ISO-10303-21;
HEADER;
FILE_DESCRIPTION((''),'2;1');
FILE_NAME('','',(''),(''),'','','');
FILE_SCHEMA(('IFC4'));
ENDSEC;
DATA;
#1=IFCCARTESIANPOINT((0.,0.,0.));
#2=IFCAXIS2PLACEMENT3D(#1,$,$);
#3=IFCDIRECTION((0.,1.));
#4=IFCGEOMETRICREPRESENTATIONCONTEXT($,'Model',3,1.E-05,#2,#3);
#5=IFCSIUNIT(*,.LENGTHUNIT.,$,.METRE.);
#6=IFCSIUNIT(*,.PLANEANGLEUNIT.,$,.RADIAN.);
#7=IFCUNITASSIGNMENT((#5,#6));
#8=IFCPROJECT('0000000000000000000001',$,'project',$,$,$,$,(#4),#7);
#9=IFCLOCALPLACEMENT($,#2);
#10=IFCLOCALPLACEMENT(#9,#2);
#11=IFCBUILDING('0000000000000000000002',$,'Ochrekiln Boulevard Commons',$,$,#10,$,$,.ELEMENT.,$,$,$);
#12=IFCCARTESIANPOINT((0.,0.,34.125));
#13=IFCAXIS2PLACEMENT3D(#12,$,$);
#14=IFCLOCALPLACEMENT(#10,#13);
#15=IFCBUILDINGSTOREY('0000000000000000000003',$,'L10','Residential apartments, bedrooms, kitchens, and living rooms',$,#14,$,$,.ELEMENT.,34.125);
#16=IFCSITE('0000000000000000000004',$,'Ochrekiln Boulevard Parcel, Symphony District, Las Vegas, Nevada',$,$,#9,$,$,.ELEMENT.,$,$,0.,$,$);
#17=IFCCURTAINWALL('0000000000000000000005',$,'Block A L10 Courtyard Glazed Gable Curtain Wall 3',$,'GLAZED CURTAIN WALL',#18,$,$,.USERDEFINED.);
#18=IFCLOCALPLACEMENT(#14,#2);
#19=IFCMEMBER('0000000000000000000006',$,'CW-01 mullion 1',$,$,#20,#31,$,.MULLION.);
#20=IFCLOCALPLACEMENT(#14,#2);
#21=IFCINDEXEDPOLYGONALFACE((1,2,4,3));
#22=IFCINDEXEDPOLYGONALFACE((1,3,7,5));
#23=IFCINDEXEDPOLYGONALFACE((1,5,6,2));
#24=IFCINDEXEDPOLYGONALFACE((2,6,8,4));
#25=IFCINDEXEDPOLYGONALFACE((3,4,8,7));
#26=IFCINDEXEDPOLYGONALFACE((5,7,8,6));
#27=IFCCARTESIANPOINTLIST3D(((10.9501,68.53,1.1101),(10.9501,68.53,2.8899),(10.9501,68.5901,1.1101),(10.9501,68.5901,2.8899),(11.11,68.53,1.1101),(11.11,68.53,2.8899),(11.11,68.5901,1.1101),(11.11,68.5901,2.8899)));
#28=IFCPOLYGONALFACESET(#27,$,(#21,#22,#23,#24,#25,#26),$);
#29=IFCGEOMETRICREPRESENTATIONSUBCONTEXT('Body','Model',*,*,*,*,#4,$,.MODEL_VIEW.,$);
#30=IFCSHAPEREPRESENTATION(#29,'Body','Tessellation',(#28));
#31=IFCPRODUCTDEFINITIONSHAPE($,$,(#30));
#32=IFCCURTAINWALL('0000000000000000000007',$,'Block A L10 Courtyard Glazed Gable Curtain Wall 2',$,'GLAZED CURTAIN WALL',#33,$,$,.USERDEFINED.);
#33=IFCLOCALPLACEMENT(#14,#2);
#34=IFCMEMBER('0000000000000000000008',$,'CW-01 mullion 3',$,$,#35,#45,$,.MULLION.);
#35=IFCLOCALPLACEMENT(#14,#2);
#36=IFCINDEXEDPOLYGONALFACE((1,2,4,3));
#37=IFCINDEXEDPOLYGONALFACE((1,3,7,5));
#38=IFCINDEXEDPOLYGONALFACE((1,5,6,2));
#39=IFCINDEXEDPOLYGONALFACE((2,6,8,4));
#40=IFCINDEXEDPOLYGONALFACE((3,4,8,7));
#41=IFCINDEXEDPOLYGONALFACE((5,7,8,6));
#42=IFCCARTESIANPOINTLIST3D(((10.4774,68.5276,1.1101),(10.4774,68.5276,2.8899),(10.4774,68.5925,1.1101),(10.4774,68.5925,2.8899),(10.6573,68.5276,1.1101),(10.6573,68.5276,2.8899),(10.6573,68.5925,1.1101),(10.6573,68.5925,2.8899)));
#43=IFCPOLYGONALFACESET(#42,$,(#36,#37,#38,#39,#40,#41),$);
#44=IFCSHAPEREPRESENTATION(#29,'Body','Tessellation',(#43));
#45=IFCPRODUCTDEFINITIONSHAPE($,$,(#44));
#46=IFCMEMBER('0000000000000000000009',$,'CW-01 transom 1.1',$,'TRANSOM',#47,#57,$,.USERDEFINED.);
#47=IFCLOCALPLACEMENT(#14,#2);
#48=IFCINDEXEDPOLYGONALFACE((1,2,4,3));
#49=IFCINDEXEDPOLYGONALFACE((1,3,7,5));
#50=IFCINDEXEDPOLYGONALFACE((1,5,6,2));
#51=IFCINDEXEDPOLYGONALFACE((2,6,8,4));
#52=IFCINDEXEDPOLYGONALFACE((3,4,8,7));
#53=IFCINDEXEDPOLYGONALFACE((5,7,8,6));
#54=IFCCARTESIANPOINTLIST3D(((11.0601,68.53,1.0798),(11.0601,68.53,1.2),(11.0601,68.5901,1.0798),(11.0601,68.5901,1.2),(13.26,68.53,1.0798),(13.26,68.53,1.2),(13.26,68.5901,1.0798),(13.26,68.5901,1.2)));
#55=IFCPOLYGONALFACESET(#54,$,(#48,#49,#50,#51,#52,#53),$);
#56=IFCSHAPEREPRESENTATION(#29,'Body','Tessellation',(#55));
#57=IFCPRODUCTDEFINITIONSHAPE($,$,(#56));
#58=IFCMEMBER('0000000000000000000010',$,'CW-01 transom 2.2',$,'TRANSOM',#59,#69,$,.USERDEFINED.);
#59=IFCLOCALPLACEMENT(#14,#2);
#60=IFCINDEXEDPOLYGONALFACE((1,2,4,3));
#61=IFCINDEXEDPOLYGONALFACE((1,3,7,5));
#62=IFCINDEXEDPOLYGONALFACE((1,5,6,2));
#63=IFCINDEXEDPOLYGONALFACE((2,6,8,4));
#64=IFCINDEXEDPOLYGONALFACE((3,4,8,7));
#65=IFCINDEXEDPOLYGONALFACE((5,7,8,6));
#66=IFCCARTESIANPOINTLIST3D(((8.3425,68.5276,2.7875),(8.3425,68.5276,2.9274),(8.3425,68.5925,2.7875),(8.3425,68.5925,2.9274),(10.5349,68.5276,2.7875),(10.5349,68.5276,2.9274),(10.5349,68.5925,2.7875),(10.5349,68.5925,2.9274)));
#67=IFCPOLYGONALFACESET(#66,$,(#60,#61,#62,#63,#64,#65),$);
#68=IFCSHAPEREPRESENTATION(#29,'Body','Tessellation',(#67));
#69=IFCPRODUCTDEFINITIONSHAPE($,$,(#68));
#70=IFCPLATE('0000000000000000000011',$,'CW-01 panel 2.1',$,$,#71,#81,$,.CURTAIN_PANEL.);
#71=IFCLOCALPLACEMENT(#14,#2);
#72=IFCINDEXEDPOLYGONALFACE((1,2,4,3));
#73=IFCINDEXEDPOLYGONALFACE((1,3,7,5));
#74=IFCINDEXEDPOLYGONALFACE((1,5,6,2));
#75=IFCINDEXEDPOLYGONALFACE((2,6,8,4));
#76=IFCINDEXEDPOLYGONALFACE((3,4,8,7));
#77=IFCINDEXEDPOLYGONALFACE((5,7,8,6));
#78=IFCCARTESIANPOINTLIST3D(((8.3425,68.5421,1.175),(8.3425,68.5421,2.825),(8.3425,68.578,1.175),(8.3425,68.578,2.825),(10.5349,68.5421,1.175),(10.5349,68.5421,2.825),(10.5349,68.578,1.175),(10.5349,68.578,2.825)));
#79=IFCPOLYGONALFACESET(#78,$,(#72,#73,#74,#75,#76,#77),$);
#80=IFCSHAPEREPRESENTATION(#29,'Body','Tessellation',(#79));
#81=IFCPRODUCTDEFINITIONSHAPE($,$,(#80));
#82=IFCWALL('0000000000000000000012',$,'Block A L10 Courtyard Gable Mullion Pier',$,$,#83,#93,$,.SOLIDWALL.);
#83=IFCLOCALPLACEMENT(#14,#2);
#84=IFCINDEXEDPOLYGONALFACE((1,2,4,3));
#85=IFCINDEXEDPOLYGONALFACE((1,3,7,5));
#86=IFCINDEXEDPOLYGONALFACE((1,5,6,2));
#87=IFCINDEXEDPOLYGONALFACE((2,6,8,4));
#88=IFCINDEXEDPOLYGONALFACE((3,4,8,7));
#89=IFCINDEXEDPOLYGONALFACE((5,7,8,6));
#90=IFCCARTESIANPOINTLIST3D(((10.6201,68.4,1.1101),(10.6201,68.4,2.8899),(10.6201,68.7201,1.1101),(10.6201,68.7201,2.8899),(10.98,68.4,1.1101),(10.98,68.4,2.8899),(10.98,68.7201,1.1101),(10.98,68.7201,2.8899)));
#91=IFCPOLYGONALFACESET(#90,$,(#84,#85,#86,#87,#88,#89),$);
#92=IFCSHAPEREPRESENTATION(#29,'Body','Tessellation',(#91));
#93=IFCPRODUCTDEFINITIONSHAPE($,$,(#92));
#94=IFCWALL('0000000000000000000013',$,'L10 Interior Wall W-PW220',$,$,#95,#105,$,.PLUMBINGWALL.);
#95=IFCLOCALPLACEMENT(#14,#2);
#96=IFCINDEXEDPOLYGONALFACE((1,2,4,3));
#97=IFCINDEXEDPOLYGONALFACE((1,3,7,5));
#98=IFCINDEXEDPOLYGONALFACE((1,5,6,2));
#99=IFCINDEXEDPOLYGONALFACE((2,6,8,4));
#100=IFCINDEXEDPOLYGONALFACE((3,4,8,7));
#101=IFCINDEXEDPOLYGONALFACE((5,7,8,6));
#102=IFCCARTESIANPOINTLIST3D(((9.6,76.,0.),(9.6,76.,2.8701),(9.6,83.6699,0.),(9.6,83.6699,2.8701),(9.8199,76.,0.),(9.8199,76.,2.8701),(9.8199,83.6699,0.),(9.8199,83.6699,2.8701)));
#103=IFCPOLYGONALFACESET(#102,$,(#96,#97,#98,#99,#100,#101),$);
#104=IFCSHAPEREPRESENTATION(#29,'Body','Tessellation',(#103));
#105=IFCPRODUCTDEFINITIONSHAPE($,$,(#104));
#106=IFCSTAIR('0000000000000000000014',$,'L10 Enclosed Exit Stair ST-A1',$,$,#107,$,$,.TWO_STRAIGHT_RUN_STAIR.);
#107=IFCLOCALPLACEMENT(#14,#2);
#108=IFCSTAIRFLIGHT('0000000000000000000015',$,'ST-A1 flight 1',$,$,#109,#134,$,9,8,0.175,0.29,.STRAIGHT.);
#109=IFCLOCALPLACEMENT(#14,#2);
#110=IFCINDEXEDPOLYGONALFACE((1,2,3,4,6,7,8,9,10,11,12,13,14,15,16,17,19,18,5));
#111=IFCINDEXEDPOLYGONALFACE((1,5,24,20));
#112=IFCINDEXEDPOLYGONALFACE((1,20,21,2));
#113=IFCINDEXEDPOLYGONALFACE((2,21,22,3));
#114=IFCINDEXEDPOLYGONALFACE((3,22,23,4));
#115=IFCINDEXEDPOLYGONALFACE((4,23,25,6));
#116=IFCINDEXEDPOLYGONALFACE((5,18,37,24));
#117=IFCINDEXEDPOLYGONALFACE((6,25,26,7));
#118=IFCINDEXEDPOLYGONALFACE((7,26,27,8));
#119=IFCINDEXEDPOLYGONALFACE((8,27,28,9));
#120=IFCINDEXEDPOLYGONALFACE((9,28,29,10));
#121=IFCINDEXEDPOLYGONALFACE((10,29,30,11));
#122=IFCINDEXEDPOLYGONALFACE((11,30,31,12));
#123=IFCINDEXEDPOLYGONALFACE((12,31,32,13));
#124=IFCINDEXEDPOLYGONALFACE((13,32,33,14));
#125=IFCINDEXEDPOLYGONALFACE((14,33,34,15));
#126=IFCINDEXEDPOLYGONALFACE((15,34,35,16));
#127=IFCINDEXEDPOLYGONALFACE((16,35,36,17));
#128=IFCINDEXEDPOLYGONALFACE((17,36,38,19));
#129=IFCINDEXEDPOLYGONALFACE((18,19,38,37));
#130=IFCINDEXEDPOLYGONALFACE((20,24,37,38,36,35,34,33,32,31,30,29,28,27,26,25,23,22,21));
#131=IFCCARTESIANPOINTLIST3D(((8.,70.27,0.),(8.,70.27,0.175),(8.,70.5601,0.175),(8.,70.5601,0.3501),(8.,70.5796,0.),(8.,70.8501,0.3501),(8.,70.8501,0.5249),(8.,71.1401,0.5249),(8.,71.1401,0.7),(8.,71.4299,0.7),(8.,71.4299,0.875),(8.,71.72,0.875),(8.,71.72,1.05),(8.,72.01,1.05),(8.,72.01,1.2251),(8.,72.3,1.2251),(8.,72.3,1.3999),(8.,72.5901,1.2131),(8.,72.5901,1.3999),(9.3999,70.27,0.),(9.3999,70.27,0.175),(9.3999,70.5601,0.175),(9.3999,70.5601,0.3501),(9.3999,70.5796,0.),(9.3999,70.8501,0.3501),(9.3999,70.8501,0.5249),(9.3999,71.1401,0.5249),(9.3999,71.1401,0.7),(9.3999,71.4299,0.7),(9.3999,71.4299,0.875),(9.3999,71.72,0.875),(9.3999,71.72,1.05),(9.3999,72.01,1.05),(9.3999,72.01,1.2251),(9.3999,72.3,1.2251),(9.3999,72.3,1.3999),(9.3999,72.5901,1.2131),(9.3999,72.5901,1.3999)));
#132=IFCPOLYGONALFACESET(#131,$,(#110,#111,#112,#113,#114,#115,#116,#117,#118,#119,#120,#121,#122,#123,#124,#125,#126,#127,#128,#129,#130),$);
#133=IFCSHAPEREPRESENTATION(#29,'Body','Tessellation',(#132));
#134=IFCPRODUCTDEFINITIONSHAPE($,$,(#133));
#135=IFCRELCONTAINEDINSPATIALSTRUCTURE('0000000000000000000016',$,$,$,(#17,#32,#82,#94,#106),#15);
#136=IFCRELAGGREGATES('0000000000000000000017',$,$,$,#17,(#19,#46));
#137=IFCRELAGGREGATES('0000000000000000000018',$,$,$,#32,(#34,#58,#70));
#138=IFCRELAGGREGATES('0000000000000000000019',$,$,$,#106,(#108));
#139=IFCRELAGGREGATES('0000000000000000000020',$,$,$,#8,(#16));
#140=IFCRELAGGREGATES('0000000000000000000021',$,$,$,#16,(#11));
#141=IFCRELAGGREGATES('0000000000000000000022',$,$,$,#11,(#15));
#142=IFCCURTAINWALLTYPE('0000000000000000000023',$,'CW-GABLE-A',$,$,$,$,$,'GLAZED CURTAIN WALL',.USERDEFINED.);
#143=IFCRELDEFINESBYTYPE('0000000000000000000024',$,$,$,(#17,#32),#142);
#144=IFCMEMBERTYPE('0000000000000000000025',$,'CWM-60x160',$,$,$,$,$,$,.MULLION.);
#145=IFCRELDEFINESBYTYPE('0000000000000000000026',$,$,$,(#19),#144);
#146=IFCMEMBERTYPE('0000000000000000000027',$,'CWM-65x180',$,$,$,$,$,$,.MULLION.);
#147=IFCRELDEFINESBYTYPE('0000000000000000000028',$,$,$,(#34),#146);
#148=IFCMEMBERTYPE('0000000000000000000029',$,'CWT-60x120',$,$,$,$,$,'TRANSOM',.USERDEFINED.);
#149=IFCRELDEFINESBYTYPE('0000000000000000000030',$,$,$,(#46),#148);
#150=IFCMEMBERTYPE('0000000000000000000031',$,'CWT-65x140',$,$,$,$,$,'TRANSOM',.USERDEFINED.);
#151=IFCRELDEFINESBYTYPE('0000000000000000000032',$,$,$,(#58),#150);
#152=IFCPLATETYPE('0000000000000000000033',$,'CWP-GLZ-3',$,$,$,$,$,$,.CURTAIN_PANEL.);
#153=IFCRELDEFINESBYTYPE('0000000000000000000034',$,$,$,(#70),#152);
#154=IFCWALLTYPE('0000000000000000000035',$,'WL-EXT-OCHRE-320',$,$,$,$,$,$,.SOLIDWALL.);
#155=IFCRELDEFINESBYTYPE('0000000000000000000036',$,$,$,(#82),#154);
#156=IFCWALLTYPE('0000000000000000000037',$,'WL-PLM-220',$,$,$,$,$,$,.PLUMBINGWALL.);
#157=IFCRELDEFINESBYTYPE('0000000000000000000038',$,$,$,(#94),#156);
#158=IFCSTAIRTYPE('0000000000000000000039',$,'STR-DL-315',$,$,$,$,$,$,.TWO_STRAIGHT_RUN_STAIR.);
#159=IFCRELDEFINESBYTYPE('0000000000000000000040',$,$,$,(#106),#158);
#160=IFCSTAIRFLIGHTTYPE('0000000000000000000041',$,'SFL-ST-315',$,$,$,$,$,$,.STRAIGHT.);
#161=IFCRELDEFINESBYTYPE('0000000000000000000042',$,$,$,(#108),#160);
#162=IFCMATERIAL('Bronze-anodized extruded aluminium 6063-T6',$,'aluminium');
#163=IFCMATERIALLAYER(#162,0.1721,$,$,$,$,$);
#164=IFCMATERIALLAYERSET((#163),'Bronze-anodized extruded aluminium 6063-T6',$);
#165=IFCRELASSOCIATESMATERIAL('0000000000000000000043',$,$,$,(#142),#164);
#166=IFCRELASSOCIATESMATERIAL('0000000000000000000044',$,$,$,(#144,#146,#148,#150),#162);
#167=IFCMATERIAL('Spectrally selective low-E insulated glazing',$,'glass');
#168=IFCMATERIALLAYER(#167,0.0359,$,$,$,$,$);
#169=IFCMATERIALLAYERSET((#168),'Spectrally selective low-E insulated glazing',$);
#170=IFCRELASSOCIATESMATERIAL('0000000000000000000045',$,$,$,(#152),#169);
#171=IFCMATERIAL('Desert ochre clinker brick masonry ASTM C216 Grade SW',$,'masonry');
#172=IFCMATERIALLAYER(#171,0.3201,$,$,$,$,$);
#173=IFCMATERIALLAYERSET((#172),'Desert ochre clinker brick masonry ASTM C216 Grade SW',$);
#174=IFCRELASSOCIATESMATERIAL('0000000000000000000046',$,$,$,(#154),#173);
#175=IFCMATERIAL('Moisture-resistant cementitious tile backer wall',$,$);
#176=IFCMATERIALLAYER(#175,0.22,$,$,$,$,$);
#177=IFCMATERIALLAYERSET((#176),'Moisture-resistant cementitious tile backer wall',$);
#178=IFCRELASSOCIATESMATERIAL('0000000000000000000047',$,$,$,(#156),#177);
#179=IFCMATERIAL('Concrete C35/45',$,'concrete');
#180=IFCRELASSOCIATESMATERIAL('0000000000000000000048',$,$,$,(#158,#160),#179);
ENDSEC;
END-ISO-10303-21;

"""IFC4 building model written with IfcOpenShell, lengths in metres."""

from ifc_helpers import new_model, si_unit, direction, frame, frame_2d, origin, origin_2d, place, context, subcontext, project, spatial, polyline, rectangle, outline, extrude, material, layer, layer_set, material_profile, profile_set, type_object, element, aggregate, save


model = new_model("IFC4")

# Units and contexts
model_context = context("Model", 3, precision=1e-05, world=origin(), true_north=direction((0.0, 1.0)))
body_context = subcontext(model_context, "Body", "Model", "MODEL_VIEW")
ifc_project = project(units=[si_unit("LENGTHUNIT", "METRE"), si_unit("PLANEANGLEUNIT", "RADIAN")], contexts=[model_context])

# Site, building, storey
site_placement = place(None, origin())
site = spatial("IfcSite", under=ifc_project, at=site_placement, Name="Ochrekiln Boulevard Parcel, Symphony District, Las Vegas, Nevada", CompositionType="ELEMENT", RefElevation=0.0)
building_placement = place(site_placement, origin())
building = spatial("IfcBuilding", under=site, at=building_placement, Name="Ochrekiln Boulevard Commons", CompositionType="ELEMENT")
storey_placement = place(building_placement, frame((0.0, 0.0, 34.125)))
storey = spatial("IfcBuildingStorey", under=building, at=storey_placement, Name="L10", Description="Residential apartments, bedrooms, kitchens, and living rooms", CompositionType="ELEMENT", Elevation=34.125)

# Curtain walls, members
ifc_material_1 = material(Name="Bronze-anodized extruded aluminium 6063-T6", Category="aluminium")
ifc_layer_1 = layer(ifc_material_1, 0.1721)
ifc_layer_set_1 = layer_set([ifc_layer_1], Name="Bronze-anodized extruded aluminium 6063-T6")
curtain_wall_type = type_object("IfcCurtainWallType", Name="CW-GABLE-A", ElementType="GLAZED CURTAIN WALL", PredefinedType="USERDEFINED", material=ifc_layer_set_1)
curtain_wall_1_placement = place(storey_placement, origin())
curtain_wall_1 = element("IfcCurtainWall", 1, at=curtain_wall_1_placement, inside=storey, type_object=curtain_wall_type, Name="Block A L10 Courtyard Glazed Gable Curtain Wall 3", ObjectType="GLAZED CURTAIN WALL", PredefinedType="USERDEFINED")
ifc_material_profile_1 = material_profile(ifc_material_1, rectangle(XDim=0.0601, YDim=0.1599, at=origin_2d()), Name="ALU-MUL-60x160")
ifc_profile_set_1 = profile_set([ifc_material_profile_1], Name="Bronze-anodized extruded aluminium 6063-T6")
member_type_1 = type_object("IfcMemberType", Name="CWM-60x160", PredefinedType="MULLION", material=ifc_profile_set_1)
member_1_placement = place(storey_placement, frame((11.03, 68.5601, 1.1101), z_axis=(0.0, 0.0, 1.0), x_axis=(0.0, 1.0, 0.0)))
member_1 = element("IfcMember", 2, at=member_1_placement, type_object=member_type_1, Name="CW-01 mullion 1", PredefinedType="MULLION", context=body_context, shape_type="SweptSolid", body=[
    extrude(rectangle(XDim=0.0601, YDim=0.1599, at=origin_2d()), origin(), (0.0, 0.0, 1.0), 1.7798),
])
curtain_wall_2_placement = place(storey_placement, origin())
curtain_wall_2 = element("IfcCurtainWall", 3, at=curtain_wall_2_placement, inside=storey, type_object=curtain_wall_type, Name="Block A L10 Courtyard Glazed Gable Curtain Wall 2", ObjectType="GLAZED CURTAIN WALL", PredefinedType="USERDEFINED")
ifc_material_profile_2 = material_profile(ifc_material_1, rectangle(XDim=0.0649, YDim=0.1799, at=origin_2d()), Name="ALU-MUL-65x180")
ifc_profile_set_2 = profile_set([ifc_material_profile_2], Name="Bronze-anodized extruded aluminium 6063-T6")
member_type_2 = type_object("IfcMemberType", Name="CWM-65x180", PredefinedType="MULLION", material=ifc_profile_set_2)
member_2_placement = place(storey_placement, frame((10.5674, 68.5601, 1.1101), z_axis=(0.0, 0.0, 1.0), x_axis=(0.0, 1.0, 0.0)))
member_2 = element("IfcMember", 4, at=member_2_placement, type_object=member_type_2, Name="CW-01 mullion 3", PredefinedType="MULLION", context=body_context, shape_type="SweptSolid", body=[
    extrude(rectangle(XDim=0.0649, YDim=0.1799, at=origin_2d()), origin(), (0.0, 0.0, 1.0), 1.7798),
])

# Members
ifc_material_profile_3 = material_profile(ifc_material_1, rectangle(XDim=0.0601, YDim=0.1201, at=origin_2d()), Name="ALU-TRN-60x120")
ifc_profile_set_3 = profile_set([ifc_material_profile_3], Name="Bronze-anodized extruded aluminium 6063-T6")
member_type_3 = type_object("IfcMemberType", Name="CWT-60x120", ElementType="TRANSOM", PredefinedType="USERDEFINED", material=ifc_profile_set_3)
member_3_placement = place(storey_placement, frame((11.0601, 68.5601, 1.1399), z_axis=(1.0, 0.0, 0.0), x_axis=(0.0, 1.0, 0.0)))
member_3 = element("IfcMember", 5, at=member_3_placement, type_object=member_type_3, Name="CW-01 transom 1.1", ObjectType="TRANSOM", PredefinedType="USERDEFINED", context=body_context, shape_type="SweptSolid", body=[
    extrude(rectangle(XDim=0.0601, YDim=0.1201, at=origin_2d()), origin(), (0.0, 0.0, 1.0), 2.2),
])
aggregate(curtain_wall_1, [member_1, member_3])
ifc_material_profile_4 = material_profile(ifc_material_1, rectangle(XDim=0.0649, YDim=0.1399, at=origin_2d()), Name="ALU-TRN-65x140")
ifc_profile_set_4 = profile_set([ifc_material_profile_4], Name="Bronze-anodized extruded aluminium 6063-T6")
member_type_4 = type_object("IfcMemberType", Name="CWT-65x140", ElementType="TRANSOM", PredefinedType="USERDEFINED", material=ifc_profile_set_4)
member_4_placement = place(storey_placement, frame((8.3425, 68.5601, 2.8574), z_axis=(1.0, 0.0, 0.0), x_axis=(0.0, 1.0, 0.0)))
member_4 = element("IfcMember", 6, at=member_4_placement, type_object=member_type_4, Name="CW-01 transom 2.2", ObjectType="TRANSOM", PredefinedType="USERDEFINED", context=body_context, shape_type="SweptSolid", body=[
    extrude(rectangle(XDim=0.0649, YDim=0.1399, at=origin_2d()), origin(), (0.0, 0.0, 1.0), 2.1924),
])

# Plate
ifc_material_2 = material(Name="Spectrally selective low-E insulated glazing", Category="glass")
ifc_layer_2 = layer(ifc_material_2, 0.0359)
ifc_layer_set_2 = layer_set([ifc_layer_2], Name="Spectrally selective low-E insulated glazing")
plate_type = type_object("IfcPlateType", Name="CWP-GLZ-3", PredefinedType="CURTAIN_PANEL", material=ifc_layer_set_2)
plate_placement = place(storey_placement, frame((9.4387, 68.5601, 1.175), z_axis=(0.0, 0.0, 1.0), x_axis=(1.0, 0.0, 0.0)))
plate = element("IfcPlate", 7, at=plate_placement, type_object=plate_type, Name="CW-01 panel 2.1", PredefinedType="CURTAIN_PANEL", context=body_context, shape_type="SweptSolid", body=[
    extrude(rectangle(XDim=2.1924, YDim=0.0359, at=origin_2d()), origin(), (0.0, 0.0, 1.0), 1.6499),
])
aggregate(curtain_wall_2, [member_2, member_4, plate])

# Walls
ifc_material_3 = material(Name="Desert ochre clinker brick masonry ASTM C216 Grade SW", Category="masonry")
ifc_layer_3 = layer(ifc_material_3, 0.3201)
ifc_layer_set_3 = layer_set([ifc_layer_3], Name="Desert ochre clinker brick masonry ASTM C216 Grade SW")
wall_type_1 = type_object("IfcWallType", Name="WL-EXT-OCHRE-320", PredefinedType="SOLIDWALL", material=ifc_layer_set_3)
wall_1_placement = place(storey_placement, frame((10.6201, 68.5601, 1.1101), z_axis=(0.0, 0.0, 1.0), x_axis=(1.0, 0.0, 0.0)))
element("IfcWall", 8, at=wall_1_placement, inside=storey, type_object=wall_type_1, Name="Block A L10 Courtyard Gable Mullion Pier", PredefinedType="SOLIDWALL", context=body_context, shape_type="SweptSolid", body=[
    extrude(rectangle(XDim=0.3599, YDim=0.3201, at=frame_2d((0.1799, 0.0))), origin(), (0.0, 0.0, 1.0), 1.7798),
])
ifc_material_4 = material(Name="Moisture-resistant cementitious tile backer wall")
ifc_layer_4 = layer(ifc_material_4, 0.22)
ifc_layer_set_4 = layer_set([ifc_layer_4], Name="Moisture-resistant cementitious tile backer wall")
wall_type_2 = type_object("IfcWallType", Name="WL-PLM-220", PredefinedType="PLUMBINGWALL", material=ifc_layer_set_4)
wall_2_placement = place(storey_placement, frame((9.71, 76.0, 0.0), z_axis=(0.0, 0.0, 1.0), x_axis=(0.0, 1.0, 0.0)))
element("IfcWall", 9, at=wall_2_placement, inside=storey, type_object=wall_type_2, Name="L10 Interior Wall W-PW220", PredefinedType="PLUMBINGWALL", context=body_context, shape_type="SweptSolid", body=[
    extrude(rectangle(XDim=7.6699, YDim=0.22, at=frame_2d((3.835, 0.0))), origin(), (0.0, 0.0, 1.0), 2.8701),
])

# Stair, stair flight
ifc_material_5 = material(Name="Concrete C35/45", Category="concrete")
stair_type = type_object("IfcStairType", Name="STR-DL-315", PredefinedType="TWO_STRAIGHT_RUN_STAIR", material=ifc_material_5)
stair_placement = place(storey_placement, origin())
stair = element("IfcStair", 10, at=stair_placement, inside=storey, type_object=stair_type, Name="L10 Enclosed Exit Stair ST-A1", PredefinedType="TWO_STRAIGHT_RUN_STAIR")
stair_flight_type = type_object("IfcStairFlightType", Name="SFL-ST-315", PredefinedType="STRAIGHT", material=ifc_material_5)
stair_flight_placement = place(storey_placement, frame((8.7, 70.27, 0.0), z_axis=(0.0, 0.0, 1.0), x_axis=(0.0, 1.0, 0.0)))
stair_flight = element("IfcStairFlight", 11, at=stair_flight_placement, type_object=stair_flight_type, Name="ST-A1 flight 1", NumberOfRisers=9, NumberOfTreads=8, PredefinedType="STRAIGHT", RiserHeight=0.175, TreadLength=0.29, context=body_context, shape_type="SweptSolid", body=[
    extrude(outline(polyline([(0.0, 0.0), (0.0, 0.175), (0.29, 0.175), (0.29, 0.3501), (0.5801, 0.3501), (0.5801, 0.5249), (0.8701, 0.5249), (0.8701, 0.7), (1.1599, 0.7), (1.1599, 0.875), (1.45, 0.875), (1.45, 1.05), (1.74, 1.05), (1.74, 1.2251), (2.03, 1.2251), (2.03, 1.3999), (2.3201, 1.3999), (2.3201, 1.575), (2.3201, 1.2131), (0.3096, 0.0), (0.0, 0.0)])), frame((0.0, 0.7, 0.0), z_axis=(0.0, -1.0, 0.0), x_axis=(1.0, 0.0, 0.0)), (0.0, 0.0, 1.0), 1.3999),
])
aggregate(stair, [stair_flight])

save(model, "model.ifc")
